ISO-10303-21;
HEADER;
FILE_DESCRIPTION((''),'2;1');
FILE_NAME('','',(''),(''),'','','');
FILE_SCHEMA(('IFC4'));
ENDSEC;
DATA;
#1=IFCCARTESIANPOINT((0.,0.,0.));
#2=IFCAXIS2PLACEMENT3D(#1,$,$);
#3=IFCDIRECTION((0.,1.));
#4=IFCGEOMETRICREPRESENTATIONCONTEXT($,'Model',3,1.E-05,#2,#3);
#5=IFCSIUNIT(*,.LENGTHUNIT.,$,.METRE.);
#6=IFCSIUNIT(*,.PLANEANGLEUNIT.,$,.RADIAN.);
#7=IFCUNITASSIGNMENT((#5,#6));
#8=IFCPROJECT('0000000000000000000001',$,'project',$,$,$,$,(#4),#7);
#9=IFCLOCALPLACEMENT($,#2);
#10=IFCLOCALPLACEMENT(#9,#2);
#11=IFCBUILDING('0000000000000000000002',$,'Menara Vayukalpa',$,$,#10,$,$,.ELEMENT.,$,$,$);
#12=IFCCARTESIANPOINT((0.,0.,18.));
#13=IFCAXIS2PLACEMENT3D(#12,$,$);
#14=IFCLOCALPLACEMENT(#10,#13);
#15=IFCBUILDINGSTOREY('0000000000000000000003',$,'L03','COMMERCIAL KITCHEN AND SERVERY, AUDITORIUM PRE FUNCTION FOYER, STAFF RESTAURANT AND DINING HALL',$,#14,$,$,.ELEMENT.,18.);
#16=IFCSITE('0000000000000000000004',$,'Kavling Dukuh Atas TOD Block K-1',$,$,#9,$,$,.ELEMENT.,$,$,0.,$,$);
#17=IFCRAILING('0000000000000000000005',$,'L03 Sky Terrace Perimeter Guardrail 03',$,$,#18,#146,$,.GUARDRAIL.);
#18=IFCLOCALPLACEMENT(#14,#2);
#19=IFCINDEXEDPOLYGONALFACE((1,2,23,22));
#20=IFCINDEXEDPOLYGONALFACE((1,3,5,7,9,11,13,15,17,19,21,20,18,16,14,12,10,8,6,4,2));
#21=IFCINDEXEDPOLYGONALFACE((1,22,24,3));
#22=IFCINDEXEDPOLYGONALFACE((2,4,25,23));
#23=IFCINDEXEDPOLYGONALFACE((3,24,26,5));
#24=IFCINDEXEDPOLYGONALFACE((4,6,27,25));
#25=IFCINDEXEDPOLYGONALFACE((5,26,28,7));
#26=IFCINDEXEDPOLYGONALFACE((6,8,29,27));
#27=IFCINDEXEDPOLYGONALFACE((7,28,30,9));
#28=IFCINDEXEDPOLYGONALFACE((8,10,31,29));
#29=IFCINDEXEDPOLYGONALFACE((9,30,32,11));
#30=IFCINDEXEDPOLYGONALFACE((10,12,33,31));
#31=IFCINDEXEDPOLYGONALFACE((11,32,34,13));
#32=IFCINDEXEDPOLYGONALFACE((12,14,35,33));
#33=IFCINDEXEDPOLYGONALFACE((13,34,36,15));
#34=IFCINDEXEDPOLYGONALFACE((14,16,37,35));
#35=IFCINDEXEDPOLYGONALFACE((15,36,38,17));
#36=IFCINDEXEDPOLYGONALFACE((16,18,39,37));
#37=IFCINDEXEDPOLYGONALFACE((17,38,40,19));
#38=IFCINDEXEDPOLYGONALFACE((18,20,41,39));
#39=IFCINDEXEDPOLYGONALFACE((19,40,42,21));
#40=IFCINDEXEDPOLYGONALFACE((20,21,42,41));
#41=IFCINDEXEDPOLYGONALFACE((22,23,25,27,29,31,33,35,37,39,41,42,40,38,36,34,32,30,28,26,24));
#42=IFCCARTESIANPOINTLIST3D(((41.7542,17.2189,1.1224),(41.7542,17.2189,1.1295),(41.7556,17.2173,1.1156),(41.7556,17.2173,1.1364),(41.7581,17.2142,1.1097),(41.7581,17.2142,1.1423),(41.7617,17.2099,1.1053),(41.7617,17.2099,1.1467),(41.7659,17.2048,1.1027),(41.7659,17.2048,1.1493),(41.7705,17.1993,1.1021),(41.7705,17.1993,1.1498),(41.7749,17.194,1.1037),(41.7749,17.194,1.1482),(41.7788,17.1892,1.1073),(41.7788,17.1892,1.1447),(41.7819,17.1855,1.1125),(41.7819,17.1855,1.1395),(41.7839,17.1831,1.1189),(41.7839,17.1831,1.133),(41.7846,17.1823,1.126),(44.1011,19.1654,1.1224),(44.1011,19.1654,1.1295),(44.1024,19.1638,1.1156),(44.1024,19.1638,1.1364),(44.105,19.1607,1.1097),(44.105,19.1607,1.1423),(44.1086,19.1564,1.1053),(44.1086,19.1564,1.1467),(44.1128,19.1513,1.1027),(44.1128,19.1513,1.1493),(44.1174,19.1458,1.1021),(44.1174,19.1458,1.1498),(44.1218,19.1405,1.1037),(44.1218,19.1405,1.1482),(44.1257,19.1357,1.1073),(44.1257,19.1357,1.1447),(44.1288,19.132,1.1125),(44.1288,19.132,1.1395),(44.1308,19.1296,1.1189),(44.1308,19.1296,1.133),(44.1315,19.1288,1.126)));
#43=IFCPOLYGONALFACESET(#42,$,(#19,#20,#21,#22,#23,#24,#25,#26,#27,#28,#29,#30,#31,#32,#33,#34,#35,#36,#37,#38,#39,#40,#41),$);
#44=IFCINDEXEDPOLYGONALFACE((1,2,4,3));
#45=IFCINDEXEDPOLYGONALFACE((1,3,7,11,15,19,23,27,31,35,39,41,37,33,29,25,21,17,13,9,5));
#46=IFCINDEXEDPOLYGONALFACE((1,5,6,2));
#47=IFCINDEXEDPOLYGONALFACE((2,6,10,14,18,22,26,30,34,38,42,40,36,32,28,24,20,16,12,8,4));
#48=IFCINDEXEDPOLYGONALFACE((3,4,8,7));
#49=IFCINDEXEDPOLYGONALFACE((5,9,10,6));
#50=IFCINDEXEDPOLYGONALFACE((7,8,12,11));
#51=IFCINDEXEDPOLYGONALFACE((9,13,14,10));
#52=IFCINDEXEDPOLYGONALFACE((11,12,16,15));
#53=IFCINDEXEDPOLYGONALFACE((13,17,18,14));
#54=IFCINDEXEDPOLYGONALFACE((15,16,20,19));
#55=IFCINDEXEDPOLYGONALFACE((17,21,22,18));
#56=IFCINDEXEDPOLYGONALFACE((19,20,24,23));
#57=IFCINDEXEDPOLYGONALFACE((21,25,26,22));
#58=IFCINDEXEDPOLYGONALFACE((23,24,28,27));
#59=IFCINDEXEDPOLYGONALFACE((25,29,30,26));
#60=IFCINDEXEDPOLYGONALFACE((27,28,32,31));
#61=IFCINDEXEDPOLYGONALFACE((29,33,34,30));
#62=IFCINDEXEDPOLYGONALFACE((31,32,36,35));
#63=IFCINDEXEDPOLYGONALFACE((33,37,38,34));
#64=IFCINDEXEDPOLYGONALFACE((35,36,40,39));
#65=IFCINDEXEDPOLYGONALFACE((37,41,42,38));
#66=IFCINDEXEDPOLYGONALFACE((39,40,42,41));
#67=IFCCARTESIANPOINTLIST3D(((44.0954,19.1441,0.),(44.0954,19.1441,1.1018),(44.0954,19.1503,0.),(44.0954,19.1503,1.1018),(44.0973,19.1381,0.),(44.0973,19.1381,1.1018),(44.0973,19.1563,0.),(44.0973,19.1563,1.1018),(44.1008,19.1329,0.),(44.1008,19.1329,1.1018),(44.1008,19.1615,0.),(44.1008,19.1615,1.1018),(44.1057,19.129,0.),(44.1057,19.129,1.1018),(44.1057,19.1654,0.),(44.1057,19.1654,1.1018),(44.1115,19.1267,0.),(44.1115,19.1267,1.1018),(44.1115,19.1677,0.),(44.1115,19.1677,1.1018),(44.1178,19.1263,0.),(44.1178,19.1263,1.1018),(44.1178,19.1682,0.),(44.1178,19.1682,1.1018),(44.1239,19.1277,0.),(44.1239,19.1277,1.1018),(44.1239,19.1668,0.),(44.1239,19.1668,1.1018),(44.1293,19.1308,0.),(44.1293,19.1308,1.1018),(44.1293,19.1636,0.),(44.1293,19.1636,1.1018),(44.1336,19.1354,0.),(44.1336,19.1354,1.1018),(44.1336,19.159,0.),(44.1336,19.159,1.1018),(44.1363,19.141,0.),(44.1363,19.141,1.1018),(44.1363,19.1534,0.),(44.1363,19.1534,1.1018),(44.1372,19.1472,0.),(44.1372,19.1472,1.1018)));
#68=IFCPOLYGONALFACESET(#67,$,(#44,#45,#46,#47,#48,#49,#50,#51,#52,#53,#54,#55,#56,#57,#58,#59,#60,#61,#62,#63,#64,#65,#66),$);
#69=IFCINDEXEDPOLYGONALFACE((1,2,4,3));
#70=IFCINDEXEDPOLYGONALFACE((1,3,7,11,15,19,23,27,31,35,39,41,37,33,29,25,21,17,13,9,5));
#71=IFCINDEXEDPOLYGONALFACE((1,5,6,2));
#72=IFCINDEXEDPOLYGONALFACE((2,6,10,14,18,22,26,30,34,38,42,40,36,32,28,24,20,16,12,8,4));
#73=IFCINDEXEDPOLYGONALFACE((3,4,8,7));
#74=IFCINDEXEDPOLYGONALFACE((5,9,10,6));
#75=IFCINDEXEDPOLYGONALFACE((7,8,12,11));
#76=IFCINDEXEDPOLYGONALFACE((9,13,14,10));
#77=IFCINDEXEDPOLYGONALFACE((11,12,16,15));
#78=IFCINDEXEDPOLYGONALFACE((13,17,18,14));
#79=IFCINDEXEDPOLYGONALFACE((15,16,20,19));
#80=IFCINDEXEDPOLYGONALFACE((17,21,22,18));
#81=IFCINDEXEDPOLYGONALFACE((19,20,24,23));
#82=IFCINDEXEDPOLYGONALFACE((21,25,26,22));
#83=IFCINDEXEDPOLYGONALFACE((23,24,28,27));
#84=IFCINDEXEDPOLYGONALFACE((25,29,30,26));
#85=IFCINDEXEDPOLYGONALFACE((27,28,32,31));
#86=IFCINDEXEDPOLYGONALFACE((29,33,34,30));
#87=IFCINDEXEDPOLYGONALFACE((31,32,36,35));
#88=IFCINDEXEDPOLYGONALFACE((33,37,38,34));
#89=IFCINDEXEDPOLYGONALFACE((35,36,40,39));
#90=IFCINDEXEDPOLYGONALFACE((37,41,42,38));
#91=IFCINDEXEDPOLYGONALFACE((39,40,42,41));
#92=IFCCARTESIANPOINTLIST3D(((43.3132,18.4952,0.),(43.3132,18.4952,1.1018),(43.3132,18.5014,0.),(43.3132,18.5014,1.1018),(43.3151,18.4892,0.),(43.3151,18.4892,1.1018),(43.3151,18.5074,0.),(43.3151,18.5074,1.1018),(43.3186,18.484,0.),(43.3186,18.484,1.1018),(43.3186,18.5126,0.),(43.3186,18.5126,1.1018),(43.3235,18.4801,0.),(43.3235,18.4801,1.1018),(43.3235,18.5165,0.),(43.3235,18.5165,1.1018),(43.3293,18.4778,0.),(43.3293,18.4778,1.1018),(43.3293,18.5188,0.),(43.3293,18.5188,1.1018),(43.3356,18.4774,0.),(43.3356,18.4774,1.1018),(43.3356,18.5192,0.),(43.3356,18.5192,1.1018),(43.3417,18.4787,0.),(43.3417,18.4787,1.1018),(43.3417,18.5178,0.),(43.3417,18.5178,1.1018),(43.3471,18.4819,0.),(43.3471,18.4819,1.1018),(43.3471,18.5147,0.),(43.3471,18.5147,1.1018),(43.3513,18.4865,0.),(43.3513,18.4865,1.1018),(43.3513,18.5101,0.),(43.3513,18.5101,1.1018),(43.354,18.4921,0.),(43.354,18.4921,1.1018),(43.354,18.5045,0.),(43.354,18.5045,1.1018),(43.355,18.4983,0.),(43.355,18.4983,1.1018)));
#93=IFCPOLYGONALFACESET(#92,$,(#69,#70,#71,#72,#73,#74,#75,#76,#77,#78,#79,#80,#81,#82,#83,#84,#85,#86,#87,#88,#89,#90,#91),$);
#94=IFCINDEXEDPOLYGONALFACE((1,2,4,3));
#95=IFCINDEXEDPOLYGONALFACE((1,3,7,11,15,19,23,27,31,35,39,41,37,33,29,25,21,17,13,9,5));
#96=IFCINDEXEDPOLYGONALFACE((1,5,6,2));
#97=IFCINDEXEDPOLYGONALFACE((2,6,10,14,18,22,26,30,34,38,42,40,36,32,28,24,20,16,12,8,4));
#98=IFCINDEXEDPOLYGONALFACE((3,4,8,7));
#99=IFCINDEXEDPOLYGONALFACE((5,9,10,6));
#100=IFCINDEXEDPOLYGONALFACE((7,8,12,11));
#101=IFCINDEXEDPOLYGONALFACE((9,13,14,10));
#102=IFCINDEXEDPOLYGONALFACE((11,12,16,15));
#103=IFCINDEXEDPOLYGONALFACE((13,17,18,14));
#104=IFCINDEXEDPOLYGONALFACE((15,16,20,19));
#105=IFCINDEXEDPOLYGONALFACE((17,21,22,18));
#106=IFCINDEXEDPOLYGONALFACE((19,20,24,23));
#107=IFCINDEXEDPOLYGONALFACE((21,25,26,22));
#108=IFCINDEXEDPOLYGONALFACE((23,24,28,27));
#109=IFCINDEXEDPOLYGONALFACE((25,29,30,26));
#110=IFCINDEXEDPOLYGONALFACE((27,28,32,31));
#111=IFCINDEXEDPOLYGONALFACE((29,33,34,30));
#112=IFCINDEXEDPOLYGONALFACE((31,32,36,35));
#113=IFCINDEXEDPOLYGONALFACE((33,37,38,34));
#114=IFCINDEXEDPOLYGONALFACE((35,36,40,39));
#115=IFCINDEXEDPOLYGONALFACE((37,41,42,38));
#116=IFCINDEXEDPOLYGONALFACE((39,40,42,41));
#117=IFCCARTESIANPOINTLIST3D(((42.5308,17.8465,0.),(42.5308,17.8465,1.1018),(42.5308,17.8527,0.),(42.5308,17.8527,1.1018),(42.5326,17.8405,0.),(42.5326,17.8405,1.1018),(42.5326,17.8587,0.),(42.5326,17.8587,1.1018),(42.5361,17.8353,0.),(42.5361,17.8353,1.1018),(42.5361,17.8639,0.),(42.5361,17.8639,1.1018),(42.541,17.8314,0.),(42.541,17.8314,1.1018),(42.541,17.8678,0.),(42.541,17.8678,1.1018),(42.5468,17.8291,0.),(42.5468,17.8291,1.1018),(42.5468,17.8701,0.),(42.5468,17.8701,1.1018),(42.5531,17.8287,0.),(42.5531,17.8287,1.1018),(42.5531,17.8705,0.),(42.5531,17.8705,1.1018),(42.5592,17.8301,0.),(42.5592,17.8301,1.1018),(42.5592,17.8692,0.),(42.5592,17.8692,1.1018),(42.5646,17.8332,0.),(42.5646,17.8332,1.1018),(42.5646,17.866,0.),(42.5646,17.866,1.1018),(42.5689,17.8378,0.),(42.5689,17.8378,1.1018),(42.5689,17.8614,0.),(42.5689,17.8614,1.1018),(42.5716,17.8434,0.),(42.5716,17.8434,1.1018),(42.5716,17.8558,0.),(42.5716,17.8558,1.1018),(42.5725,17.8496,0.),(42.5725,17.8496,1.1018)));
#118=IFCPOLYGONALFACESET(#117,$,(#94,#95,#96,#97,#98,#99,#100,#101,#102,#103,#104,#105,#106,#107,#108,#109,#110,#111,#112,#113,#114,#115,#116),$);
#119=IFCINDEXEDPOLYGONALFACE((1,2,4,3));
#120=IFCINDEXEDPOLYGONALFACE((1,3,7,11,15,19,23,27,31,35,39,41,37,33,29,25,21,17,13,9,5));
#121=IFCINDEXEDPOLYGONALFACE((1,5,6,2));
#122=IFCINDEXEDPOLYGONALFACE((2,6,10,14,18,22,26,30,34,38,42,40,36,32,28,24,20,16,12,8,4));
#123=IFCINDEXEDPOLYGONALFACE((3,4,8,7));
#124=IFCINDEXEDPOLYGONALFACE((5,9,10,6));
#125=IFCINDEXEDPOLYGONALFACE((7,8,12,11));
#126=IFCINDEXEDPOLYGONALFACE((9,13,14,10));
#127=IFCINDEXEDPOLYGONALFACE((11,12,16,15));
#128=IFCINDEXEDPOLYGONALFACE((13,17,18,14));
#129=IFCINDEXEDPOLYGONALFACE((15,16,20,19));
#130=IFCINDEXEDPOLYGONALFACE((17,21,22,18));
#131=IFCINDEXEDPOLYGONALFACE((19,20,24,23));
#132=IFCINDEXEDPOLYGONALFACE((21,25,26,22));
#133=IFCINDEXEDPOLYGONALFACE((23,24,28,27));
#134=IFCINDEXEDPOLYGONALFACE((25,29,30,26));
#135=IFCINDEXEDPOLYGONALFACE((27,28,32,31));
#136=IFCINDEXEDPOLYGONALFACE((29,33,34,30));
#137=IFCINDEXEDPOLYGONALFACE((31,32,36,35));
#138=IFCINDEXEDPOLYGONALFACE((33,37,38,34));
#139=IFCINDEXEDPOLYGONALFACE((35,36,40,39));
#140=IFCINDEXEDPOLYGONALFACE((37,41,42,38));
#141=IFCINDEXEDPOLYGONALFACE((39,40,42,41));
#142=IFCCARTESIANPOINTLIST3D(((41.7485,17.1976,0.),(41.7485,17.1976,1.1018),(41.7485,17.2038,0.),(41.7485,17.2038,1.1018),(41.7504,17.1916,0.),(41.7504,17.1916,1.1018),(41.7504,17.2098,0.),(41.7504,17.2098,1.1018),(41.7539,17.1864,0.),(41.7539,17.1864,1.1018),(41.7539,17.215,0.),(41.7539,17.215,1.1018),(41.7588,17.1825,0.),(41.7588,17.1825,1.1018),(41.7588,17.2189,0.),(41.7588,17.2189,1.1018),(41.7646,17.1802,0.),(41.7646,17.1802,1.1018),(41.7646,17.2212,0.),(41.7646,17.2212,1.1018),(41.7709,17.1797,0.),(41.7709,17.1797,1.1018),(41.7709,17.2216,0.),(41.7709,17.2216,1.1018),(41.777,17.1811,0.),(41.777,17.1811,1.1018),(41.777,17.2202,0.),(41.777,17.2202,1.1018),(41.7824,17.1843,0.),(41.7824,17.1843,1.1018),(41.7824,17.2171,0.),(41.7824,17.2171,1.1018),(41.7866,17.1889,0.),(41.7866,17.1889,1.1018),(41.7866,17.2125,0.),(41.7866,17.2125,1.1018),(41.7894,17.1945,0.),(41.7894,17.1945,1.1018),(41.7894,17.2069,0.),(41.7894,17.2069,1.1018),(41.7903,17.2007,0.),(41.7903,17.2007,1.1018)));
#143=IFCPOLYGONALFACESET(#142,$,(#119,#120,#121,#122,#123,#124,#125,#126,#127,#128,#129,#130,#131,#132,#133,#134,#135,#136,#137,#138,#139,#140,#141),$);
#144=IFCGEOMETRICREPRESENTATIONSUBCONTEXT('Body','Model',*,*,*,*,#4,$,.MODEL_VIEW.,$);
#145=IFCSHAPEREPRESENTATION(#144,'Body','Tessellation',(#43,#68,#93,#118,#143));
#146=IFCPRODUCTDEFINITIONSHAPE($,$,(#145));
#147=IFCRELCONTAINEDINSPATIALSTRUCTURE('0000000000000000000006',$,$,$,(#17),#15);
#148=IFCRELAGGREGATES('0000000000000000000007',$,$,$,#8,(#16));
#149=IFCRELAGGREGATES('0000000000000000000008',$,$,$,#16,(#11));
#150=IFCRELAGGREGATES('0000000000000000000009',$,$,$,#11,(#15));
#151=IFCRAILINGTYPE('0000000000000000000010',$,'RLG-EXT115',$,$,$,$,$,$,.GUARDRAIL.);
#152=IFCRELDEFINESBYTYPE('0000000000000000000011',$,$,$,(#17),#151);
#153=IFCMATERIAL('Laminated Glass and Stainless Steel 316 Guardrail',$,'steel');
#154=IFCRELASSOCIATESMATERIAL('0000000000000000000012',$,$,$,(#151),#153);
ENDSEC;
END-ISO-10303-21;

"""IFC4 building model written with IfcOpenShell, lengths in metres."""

from ifc_helpers import new_model, si_unit, direction, frame, origin, origin_2d, place, context, subcontext, project, spatial, circle, extrude, material, type_object, element, save


model = new_model("IFC4")

# Units and contexts
model_context = context("Model", 3, precision=1e-05, world=origin(), true_north=direction((0.0, 1.0)))
body_context = subcontext(model_context, "Body", "Model", "MODEL_VIEW")
ifc_project = project(units=[si_unit("LENGTHUNIT", "METRE"), si_unit("PLANEANGLEUNIT", "RADIAN")], contexts=[model_context])

# Site, building, storey
site_placement = place(None, origin())
site = spatial("IfcSite", under=ifc_project, at=site_placement, Name="Kavling Dukuh Atas TOD Block K-1", CompositionType="ELEMENT", RefElevation=0.0)
building_placement = place(site_placement, origin())
building = spatial("IfcBuilding", under=site, at=building_placement, Name="Menara Vayukalpa", CompositionType="ELEMENT")
storey_placement = place(building_placement, frame((0.0, 0.0, 18.0)))
storey = spatial("IfcBuildingStorey", under=building, at=storey_placement, Name="L03", Description="COMMERCIAL KITCHEN AND SERVERY, AUDITORIUM PRE FUNCTION FOYER, STAFF RESTAURANT AND DINING HALL", CompositionType="ELEMENT", Elevation=18.0)

# Railing
ifc_material_1 = material(Name="Laminated Glass and Stainless Steel 316 Guardrail", Category="steel")
railing_type_1 = type_object("IfcRailingType", Name="RLG-EXT115", PredefinedType="GUARDRAIL", material=ifc_material_1)
railing_1_placement = place(storey_placement, frame((44.1162, 19.1472, 0.0)))
element("IfcRailing", 1, at=railing_1_placement, inside=storey, type_object=railing_type_1, Name="L03 Sky Terrace Perimeter Guardrail 03", PredefinedType="GUARDRAIL", context=body_context, shape_type="SweptSolid", body=[
    extrude(circle(Radius=0.0239, at=origin_2d()), frame((0.0, 0.0, 1.126), z_axis=(-0.769709, -0.638395, 0.0), x_axis=(0.638395, -0.769709, 0.0)), (0.0, 0.0, 1.0), 3.0491),
    extrude(circle(Radius=0.021, at=origin_2d()), origin(), (0.0, 0.0, 1.0), 1.1018),
    extrude(circle(Radius=0.021, at=origin_2d()), frame((-0.7822, -0.6489, 0.0)), (0.0, 0.0, 1.0), 1.1018),
    extrude(circle(Radius=0.021, at=origin_2d()), frame((-1.5647, -1.2976, 0.0)), (0.0, 0.0, 1.0), 1.1018),
    extrude(circle(Radius=0.021, at=origin_2d()), frame((-2.3469, -1.9465, 0.0)), (0.0, 0.0, 1.0), 1.1018),
])

save(model, "model.ifc")
